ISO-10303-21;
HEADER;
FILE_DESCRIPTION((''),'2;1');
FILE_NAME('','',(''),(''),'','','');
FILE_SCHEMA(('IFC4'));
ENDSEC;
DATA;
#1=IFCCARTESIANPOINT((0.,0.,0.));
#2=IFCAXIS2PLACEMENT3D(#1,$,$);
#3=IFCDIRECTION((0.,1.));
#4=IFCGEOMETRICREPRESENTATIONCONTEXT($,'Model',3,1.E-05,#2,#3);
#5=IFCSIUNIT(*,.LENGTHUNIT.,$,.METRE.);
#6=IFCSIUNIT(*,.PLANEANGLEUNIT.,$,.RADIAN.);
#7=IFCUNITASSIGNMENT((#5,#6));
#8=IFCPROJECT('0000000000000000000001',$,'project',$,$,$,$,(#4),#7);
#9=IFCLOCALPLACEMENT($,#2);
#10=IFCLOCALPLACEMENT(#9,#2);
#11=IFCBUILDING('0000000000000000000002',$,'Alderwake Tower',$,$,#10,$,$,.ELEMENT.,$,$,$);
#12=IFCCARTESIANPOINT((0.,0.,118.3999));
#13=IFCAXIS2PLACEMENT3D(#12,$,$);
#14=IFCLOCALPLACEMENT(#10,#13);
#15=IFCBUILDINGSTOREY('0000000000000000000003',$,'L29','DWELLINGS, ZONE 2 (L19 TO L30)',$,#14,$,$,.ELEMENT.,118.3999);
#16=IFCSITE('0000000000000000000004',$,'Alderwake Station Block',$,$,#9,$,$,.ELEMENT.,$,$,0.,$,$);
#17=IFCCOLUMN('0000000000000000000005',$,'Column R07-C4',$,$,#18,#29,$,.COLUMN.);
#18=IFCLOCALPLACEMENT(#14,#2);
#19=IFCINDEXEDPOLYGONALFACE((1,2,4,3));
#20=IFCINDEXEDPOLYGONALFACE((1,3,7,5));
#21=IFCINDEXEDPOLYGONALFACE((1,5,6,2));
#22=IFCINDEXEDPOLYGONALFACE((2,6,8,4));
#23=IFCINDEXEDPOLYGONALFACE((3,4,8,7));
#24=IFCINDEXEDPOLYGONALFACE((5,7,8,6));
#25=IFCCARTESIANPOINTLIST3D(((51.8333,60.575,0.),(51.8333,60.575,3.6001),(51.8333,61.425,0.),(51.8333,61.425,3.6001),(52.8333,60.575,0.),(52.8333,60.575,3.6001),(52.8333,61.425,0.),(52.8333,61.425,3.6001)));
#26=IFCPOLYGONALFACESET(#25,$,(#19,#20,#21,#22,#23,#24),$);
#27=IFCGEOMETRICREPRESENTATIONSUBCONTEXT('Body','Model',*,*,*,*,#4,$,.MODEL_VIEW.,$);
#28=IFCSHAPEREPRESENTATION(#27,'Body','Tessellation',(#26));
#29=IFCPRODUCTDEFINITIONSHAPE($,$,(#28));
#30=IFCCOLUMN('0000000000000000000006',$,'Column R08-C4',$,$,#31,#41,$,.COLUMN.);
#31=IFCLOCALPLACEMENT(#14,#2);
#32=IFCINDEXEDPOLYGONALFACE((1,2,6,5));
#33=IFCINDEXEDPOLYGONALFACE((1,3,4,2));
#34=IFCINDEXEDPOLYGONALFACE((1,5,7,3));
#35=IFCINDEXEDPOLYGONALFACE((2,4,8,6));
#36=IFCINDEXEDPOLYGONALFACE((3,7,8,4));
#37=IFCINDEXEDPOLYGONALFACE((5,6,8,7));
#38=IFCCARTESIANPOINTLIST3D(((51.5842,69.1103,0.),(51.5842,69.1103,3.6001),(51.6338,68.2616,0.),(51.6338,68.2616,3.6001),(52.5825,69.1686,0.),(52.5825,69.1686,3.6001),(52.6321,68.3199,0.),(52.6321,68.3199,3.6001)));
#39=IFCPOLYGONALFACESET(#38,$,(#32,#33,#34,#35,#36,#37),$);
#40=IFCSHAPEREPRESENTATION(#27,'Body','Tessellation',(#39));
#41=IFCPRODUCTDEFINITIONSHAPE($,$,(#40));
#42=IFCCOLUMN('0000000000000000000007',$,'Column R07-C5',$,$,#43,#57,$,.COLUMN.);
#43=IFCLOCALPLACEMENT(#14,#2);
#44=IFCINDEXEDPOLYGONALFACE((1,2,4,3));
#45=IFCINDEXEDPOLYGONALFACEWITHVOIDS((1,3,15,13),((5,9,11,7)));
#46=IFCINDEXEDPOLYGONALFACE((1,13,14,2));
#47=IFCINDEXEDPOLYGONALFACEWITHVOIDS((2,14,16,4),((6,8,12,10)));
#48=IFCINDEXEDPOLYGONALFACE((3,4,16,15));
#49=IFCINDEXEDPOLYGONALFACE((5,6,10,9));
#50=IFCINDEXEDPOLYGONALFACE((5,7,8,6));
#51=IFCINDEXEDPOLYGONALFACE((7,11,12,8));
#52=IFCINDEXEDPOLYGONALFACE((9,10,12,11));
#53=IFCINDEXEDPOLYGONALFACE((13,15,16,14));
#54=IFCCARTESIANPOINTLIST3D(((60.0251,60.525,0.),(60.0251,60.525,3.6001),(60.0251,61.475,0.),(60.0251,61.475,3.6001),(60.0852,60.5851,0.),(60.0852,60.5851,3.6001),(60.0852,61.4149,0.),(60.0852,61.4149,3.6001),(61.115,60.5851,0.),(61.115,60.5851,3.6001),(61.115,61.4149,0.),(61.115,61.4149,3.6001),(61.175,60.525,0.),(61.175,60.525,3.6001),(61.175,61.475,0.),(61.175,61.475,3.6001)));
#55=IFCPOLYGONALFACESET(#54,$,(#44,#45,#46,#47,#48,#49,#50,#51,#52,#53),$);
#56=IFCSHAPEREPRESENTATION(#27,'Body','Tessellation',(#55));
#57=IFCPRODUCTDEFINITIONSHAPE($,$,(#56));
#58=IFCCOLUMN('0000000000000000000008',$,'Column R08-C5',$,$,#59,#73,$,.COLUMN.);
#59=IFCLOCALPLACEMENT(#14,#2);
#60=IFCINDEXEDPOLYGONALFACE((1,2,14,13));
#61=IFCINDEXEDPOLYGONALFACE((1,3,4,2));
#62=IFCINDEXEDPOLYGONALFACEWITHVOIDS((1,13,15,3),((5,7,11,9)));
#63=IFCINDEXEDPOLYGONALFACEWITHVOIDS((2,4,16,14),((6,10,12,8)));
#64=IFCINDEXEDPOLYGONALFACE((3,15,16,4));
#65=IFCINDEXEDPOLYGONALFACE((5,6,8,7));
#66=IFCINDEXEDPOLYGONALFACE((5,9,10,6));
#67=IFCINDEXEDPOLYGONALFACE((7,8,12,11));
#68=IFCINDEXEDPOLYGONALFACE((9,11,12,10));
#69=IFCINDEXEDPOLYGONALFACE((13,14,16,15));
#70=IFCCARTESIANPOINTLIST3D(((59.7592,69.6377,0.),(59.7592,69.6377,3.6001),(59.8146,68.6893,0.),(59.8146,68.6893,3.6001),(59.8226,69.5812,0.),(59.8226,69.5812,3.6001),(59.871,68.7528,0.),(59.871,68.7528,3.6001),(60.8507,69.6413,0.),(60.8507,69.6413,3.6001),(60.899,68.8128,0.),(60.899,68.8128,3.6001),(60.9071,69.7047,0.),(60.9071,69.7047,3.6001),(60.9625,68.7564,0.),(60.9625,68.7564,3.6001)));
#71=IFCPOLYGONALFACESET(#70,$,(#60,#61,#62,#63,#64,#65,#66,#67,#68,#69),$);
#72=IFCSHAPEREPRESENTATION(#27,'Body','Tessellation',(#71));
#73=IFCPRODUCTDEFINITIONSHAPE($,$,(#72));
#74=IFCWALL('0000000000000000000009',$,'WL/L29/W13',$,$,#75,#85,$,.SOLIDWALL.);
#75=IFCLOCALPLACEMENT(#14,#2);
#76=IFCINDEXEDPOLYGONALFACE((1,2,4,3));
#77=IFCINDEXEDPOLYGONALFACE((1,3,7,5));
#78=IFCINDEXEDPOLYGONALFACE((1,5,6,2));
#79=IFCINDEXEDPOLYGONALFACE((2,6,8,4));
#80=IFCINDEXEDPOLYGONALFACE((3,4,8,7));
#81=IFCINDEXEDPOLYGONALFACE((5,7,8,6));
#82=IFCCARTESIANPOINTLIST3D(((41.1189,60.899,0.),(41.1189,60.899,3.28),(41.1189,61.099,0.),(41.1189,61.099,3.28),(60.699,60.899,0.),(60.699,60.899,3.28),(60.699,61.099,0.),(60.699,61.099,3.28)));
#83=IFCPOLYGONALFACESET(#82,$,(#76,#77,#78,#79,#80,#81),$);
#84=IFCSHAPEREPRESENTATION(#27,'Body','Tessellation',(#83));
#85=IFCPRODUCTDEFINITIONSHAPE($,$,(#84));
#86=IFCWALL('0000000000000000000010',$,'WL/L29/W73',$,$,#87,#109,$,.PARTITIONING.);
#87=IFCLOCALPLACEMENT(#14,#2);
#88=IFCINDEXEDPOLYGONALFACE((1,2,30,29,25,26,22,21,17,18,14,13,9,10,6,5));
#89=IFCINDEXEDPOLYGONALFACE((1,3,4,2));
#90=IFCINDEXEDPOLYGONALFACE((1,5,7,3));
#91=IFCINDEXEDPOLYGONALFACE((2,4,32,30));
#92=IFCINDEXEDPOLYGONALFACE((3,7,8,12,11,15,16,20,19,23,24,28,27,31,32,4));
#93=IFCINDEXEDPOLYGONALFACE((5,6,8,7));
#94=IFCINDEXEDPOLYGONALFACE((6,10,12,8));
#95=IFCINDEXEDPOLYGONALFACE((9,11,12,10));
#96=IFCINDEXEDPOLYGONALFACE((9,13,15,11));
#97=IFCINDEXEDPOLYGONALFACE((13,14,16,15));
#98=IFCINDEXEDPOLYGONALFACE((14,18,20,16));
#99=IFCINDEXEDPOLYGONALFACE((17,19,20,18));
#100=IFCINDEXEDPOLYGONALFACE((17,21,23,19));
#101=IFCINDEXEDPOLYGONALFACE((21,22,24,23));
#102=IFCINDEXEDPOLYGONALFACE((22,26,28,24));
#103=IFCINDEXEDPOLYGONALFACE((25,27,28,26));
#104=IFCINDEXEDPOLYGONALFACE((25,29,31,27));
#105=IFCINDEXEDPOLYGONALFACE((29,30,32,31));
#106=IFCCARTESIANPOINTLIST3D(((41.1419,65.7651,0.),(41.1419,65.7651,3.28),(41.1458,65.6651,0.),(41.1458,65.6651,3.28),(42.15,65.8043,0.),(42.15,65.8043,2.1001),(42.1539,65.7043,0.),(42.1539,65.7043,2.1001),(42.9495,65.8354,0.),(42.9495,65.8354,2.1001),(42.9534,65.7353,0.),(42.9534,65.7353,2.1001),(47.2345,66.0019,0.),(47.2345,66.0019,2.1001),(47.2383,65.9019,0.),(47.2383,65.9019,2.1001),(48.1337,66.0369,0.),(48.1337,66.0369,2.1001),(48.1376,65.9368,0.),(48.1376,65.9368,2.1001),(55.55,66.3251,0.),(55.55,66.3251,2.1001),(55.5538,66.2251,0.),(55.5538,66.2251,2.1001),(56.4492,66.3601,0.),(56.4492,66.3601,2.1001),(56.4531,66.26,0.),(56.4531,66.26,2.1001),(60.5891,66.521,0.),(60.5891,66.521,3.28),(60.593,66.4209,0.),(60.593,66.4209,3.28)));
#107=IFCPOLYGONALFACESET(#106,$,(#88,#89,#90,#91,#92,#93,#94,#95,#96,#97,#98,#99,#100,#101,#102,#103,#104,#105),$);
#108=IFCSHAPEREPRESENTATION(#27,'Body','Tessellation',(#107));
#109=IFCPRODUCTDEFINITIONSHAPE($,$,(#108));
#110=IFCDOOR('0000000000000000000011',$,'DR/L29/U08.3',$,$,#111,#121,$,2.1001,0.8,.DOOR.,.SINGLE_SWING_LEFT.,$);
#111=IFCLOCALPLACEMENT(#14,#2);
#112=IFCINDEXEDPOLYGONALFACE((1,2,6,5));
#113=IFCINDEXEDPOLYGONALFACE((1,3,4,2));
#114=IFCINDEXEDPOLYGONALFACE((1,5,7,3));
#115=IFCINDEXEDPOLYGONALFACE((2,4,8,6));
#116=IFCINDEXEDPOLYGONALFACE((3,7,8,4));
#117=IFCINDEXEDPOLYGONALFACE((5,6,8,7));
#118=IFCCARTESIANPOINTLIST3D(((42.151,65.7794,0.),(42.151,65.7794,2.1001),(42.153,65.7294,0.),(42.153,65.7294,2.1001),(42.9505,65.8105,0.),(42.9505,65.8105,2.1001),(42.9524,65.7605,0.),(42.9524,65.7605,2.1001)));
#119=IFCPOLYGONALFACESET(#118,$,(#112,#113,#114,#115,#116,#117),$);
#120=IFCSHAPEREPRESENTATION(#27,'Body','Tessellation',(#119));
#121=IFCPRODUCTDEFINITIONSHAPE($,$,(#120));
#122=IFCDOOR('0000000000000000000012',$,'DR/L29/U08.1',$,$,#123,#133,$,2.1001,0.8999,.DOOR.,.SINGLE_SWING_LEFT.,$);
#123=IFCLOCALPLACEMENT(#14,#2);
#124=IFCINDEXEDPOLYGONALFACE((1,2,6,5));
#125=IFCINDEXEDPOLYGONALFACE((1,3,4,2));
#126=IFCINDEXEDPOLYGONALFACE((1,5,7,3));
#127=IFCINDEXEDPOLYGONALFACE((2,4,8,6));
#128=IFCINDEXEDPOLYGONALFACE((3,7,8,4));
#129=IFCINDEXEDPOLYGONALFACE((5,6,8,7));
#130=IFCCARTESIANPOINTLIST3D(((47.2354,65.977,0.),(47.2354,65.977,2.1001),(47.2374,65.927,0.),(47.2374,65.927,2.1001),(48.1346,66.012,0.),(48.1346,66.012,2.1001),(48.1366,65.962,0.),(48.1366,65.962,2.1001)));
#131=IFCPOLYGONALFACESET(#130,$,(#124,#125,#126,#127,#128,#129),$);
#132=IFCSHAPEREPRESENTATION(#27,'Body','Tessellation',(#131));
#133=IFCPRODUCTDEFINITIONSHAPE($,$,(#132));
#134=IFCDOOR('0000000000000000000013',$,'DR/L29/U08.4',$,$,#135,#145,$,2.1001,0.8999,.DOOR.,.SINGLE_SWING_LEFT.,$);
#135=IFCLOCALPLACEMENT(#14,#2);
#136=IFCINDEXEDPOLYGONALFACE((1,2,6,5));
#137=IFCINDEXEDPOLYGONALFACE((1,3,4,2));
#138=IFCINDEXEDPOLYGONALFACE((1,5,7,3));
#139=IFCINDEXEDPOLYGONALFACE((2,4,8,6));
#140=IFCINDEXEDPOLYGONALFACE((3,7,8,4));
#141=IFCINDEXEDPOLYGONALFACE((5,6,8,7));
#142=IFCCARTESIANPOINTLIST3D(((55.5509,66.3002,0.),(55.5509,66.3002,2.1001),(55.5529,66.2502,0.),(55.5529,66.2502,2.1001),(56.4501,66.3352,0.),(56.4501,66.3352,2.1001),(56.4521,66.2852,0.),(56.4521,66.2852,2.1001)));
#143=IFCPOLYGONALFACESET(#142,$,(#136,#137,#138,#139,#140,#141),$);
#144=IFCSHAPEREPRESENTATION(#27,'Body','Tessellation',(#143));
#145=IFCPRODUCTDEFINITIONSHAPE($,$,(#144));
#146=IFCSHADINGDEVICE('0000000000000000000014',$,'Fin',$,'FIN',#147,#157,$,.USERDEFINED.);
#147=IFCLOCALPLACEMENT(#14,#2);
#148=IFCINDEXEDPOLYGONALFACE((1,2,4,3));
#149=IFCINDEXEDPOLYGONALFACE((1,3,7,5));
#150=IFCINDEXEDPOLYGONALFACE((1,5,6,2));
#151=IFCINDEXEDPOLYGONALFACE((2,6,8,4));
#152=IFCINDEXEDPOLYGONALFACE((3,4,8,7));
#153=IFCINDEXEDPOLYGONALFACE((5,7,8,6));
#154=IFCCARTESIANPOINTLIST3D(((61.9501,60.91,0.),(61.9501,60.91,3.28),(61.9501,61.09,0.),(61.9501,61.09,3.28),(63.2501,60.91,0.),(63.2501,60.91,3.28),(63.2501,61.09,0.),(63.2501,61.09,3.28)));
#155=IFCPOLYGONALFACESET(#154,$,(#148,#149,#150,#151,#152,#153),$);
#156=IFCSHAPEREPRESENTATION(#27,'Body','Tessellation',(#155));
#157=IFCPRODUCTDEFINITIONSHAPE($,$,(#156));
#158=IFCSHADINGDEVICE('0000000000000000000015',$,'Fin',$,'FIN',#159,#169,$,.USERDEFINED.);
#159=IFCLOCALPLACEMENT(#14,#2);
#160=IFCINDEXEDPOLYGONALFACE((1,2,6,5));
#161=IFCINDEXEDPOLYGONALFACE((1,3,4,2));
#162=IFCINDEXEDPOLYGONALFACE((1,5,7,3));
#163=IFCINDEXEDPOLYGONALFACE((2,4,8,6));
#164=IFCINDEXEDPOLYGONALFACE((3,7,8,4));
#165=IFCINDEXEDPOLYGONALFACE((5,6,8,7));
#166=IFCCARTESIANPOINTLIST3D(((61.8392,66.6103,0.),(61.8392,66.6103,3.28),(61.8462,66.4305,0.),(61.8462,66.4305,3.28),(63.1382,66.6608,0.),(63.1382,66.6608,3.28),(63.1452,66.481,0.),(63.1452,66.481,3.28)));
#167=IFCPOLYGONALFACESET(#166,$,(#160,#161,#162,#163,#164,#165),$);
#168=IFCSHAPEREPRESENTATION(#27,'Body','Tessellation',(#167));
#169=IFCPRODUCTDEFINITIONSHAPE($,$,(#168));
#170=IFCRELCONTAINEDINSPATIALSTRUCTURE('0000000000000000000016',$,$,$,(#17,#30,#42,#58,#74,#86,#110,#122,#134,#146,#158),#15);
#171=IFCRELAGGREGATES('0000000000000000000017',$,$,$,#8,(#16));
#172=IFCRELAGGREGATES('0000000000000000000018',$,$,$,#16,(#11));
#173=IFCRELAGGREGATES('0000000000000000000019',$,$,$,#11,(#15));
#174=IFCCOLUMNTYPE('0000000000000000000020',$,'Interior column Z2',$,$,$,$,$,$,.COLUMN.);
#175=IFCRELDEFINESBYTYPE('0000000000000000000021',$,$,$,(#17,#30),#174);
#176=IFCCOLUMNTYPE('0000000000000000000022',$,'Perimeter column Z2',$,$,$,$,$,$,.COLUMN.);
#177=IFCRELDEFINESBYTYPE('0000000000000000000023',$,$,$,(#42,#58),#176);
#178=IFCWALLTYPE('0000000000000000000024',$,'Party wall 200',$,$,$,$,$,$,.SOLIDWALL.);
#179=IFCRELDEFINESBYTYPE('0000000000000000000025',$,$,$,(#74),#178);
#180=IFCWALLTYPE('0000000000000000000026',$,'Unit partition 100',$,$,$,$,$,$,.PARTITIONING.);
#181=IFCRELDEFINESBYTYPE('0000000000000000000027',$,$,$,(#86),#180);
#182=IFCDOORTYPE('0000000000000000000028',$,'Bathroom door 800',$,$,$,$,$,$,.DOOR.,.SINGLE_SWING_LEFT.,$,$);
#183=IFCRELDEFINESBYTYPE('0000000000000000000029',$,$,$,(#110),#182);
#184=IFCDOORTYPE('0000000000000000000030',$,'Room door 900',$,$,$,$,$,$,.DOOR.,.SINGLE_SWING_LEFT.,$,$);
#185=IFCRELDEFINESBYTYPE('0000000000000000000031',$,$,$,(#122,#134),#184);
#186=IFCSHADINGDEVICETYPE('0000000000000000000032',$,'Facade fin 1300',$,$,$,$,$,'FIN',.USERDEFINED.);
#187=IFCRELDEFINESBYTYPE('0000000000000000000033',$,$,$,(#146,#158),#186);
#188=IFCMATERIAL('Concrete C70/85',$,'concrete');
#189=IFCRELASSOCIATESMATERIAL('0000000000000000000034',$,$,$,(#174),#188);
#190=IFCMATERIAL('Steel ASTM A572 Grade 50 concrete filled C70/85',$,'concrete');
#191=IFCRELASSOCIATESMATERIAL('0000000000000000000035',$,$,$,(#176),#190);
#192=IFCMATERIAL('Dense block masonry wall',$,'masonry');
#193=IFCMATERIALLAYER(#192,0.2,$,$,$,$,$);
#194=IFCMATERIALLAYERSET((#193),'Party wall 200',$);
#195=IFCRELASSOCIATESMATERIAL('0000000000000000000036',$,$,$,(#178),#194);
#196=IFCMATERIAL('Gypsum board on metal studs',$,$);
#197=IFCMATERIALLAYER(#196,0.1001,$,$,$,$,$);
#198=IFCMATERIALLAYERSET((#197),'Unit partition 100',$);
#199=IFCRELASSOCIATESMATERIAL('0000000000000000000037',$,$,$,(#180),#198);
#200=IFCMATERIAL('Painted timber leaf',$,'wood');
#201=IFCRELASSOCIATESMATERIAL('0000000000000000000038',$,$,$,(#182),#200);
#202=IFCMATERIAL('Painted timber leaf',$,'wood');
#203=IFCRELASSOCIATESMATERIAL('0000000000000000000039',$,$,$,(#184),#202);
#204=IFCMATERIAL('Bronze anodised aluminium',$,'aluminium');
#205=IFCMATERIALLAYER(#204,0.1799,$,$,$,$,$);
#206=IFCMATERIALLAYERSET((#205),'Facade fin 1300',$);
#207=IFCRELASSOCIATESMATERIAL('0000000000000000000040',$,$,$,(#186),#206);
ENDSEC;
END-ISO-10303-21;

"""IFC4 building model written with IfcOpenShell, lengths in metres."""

from ifc_helpers import new_model, si_unit, direction, frame, frame_2d, origin, origin_2d, place, context, subcontext, project, spatial, rectangle, hollow_rectangle, extrude, material, layer, layer_set, material_profile, profile_set, type_object, element, fill, save


model = new_model("IFC4")

# Units and contexts
model_context = context("Model", 3, precision=1e-05, world=origin(), true_north=direction((0.0, 1.0)))
body_context = subcontext(model_context, "Body", "Model", "MODEL_VIEW")
ifc_project = project(units=[si_unit("LENGTHUNIT", "METRE"), si_unit("PLANEANGLEUNIT", "RADIAN")], contexts=[model_context])

# Site, building, storey
site_placement = place(None, origin())
site = spatial("IfcSite", under=ifc_project, at=site_placement, Name="Alderwake Station Block", CompositionType="ELEMENT", RefElevation=0.0)
building_placement = place(site_placement, origin())
building = spatial("IfcBuilding", under=site, at=building_placement, Name="Alderwake Tower", CompositionType="ELEMENT")
storey_placement = place(building_placement, frame((0.0, 0.0, 118.3999)))
storey = spatial("IfcBuildingStorey", under=building, at=storey_placement, Name="L29", Description="DWELLINGS, ZONE 2 (L19 TO L30)", CompositionType="ELEMENT", Elevation=118.3999)

# Columns
ifc_material_1 = material(Name="Concrete C70/85", Category="concrete")
ifc_material_profile_1 = material_profile(ifc_material_1, rectangle(XDim=0.8501, YDim=1.0, at=origin_2d()), Name="RC 1000X850")
ifc_profile_set_1 = profile_set([ifc_material_profile_1], Name="Concrete C70/85")
column_type_1 = type_object("IfcColumnType", Name="Interior column Z2", PredefinedType="COLUMN", material=ifc_profile_set_1)
for number, where, z_axis, x_axis, name in (
    (1, (52.3333, 61.0, 0.0), (0.0, 0.0, 1.0), (0.0, 1.0, 0.0), "Column R07-C4"),
    (2, (52.1082, 68.7151, 0.0), (0.0, 0.0, 1.0), (-0.058301, 0.998299, 0.0), "Column R08-C4"),
):
    element("IfcColumn", number, at=place(storey_placement, frame(where, z_axis=z_axis, x_axis=x_axis)), inside=storey, type_object=column_type_1, Name=name, PredefinedType="COLUMN", context=body_context, shape_type="SweptSolid", body=[
        extrude(rectangle(XDim=0.8501, YDim=1.0, at=origin_2d()), origin(), (0.0, 0.0, 1.0), 3.6001),
    ])
ifc_material_2 = material(Name="Steel ASTM A572 Grade 50 concrete filled C70/85", Category="concrete")
ifc_material_profile_2 = material_profile(ifc_material_2, hollow_rectangle(XDim=0.95, YDim=1.1499, WallThickness=0.0601, at=origin_2d()), Name="BOX 1150X950X60")
ifc_profile_set_2 = profile_set([ifc_material_profile_2], Name="Steel ASTM A572 Grade 50 concrete filled C70/85")
column_type_2 = type_object("IfcColumnType", Name="Perimeter column Z2", PredefinedType="COLUMN", material=ifc_profile_set_2)
for number, where, z_axis, x_axis, name in (
    (3, (60.6001, 61.0, 0.0), (0.0, 0.0, 1.0), (0.0, 1.0, 0.0), "Column R07-C5"),
    (4, (60.3608, 69.197, 0.0), (0.0, 0.0, 1.0), (-0.058299, 0.998299, 0.0), "Column R08-C5"),
):
    element("IfcColumn", number, at=place(storey_placement, frame(where, z_axis=z_axis, x_axis=x_axis)), inside=storey, type_object=column_type_2, Name=name, PredefinedType="COLUMN", context=body_context, shape_type="SweptSolid", body=[
        extrude(hollow_rectangle(XDim=0.95, YDim=1.1499, WallThickness=0.0601, at=origin_2d()), origin(), (0.0, 0.0, 1.0), 3.6001),
    ])

# Wall
ifc_material_3 = material(Name="Dense block masonry wall", Category="masonry")
ifc_layer_1 = layer(ifc_material_3, 0.2)
ifc_layer_set_1 = layer_set([ifc_layer_1], Name="Party wall 200")
wall_type_1 = type_object("IfcWallType", Name="Party wall 200", PredefinedType="SOLIDWALL", material=ifc_layer_set_1)
wall_1_placement = place(storey_placement, frame((60.699, 60.999, 0.0), z_axis=(0.0, 0.0, 1.0), x_axis=(-1.0, 0.0, 0.0)))
element("IfcWall", 5, at=wall_1_placement, inside=storey, type_object=wall_type_1, Name="WL/L29/W13", PredefinedType="SOLIDWALL", context=body_context, shape_type="SweptSolid", body=[
    extrude(rectangle(XDim=19.5801, YDim=0.2, at=frame_2d((9.79, 0.0))), origin(), (0.0, 0.0, 1.0), 3.28),
])

# Wall, openings, doors
ifc_material_4 = material(Name="Gypsum board on metal studs")
ifc_layer_2 = layer(ifc_material_4, 0.1001)
ifc_layer_set_2 = layer_set([ifc_layer_2], Name="Unit partition 100")
wall_type_2 = type_object("IfcWallType", Name="Unit partition 100", PredefinedType="PARTITIONING", material=ifc_layer_set_2)
wall_2_placement = place(storey_placement, frame((60.5911, 66.4709, 0.0), z_axis=(0.0, 0.0, 1.0), x_axis=(-0.999246, -0.038838, 0.0)))
wall_2 = element("IfcWall", 6, at=wall_2_placement, inside=storey, type_object=wall_type_2, Name="WL/L29/W73", PredefinedType="PARTITIONING", context=body_context, shape_type="SweptSolid", body=[
    extrude(rectangle(XDim=19.4619, YDim=0.1001, at=frame_2d((9.731, 0.0))), origin(), (0.0, 0.0, 1.0), 3.28),
])
opening_1_placement = place(wall_2_placement, frame((12.4648, 0.0, 0.0)))
opening_1 = element("IfcOpeningElement", 7, at=opening_1_placement, cuts=wall_2, PredefinedType="OPENING", context=body_context, shape_type="SweptSolid", body=[
    extrude(rectangle(XDim=0.8999, YDim=2.1001, at=frame_2d((0.45, 1.05))), frame((0.0, 0.0601, 0.0), z_axis=(0.0, -1.0, 0.0), x_axis=(1.0, 0.0, 0.0)), (0.0, 0.0, 1.0), 0.1201),
])
opening_2_placement = place(wall_2_placement, frame((17.6531, 0.0, 0.0)))
opening_2 = element("IfcOpeningElement", 8, at=opening_2_placement, cuts=wall_2, PredefinedType="OPENING", context=body_context, shape_type="SweptSolid", body=[
    extrude(rectangle(XDim=0.8, YDim=2.1001, at=frame_2d((0.3999, 1.05))), frame((0.0, 0.0601, 0.0), z_axis=(0.0, -1.0, 0.0), x_axis=(1.0, 0.0, 0.0)), (0.0, 0.0, 1.0), 0.1201),
])
opening_3_placement = place(wall_2_placement, frame((4.1431, 0.0, 0.0)))
opening_3 = element("IfcOpeningElement", 9, at=opening_3_placement, cuts=wall_2, PredefinedType="OPENING", context=body_context, shape_type="SweptSolid", body=[
    extrude(rectangle(XDim=0.8999, YDim=2.1001, at=frame_2d((0.45, 1.05))), frame((0.0, 0.0601, 0.0), z_axis=(0.0, -1.0, 0.0), x_axis=(1.0, 0.0, 0.0)), (0.0, 0.0, 1.0), 0.1201),
])
ifc_material_5 = material(Name="Painted timber leaf", Category="wood")
door_type_1 = type_object("IfcDoorType", Name="Bathroom door 800", OperationType="SINGLE_SWING_LEFT", PredefinedType="DOOR", material=ifc_material_5)
door_1_placement = place(opening_2_placement, origin())
door_1 = element("IfcDoor", 10, at=door_1_placement, inside=storey, type_object=door_type_1, Name="DR/L29/U08.3", OperationType="SINGLE_SWING_LEFT", OverallHeight=2.1001, OverallWidth=0.8, PredefinedType="DOOR", context=body_context, shape_type="SweptSolid", body=[
    extrude(rectangle(XDim=0.8, YDim=2.1001, at=frame_2d((0.3999, 1.05))), frame((0.0, 0.0249, 0.0), z_axis=(0.0, -1.0, 0.0), x_axis=(1.0, 0.0, 0.0)), (0.0, 0.0, 1.0), 0.05),
])
fill(opening_2, door_1)
ifc_material_6 = material(Name="Painted timber leaf", Category="wood")
door_type_2 = type_object("IfcDoorType", Name="Room door 900", OperationType="SINGLE_SWING_LEFT", PredefinedType="DOOR", material=ifc_material_6)
door_2_placement = place(opening_1_placement, origin())
door_2 = element("IfcDoor", 11, at=door_2_placement, inside=storey, type_object=door_type_2, Name="DR/L29/U08.1", OperationType="SINGLE_SWING_LEFT", OverallHeight=2.1001, OverallWidth=0.8999, PredefinedType="DOOR", context=body_context, shape_type="SweptSolid", body=[
    extrude(rectangle(XDim=0.8999, YDim=2.1001, at=frame_2d((0.45, 1.05))), frame((0.0, 0.0249, 0.0), z_axis=(0.0, -1.0, 0.0), x_axis=(1.0, 0.0, 0.0)), (0.0, 0.0, 1.0), 0.05),
])
fill(opening_1, door_2)
door_3_placement = place(opening_3_placement, origin())
door_3 = element("IfcDoor", 12, at=door_3_placement, inside=storey, type_object=door_type_2, Name="DR/L29/U08.4", OperationType="SINGLE_SWING_LEFT", OverallHeight=2.1001, OverallWidth=0.8999, PredefinedType="DOOR", context=body_context, shape_type="SweptSolid", body=[
    extrude(rectangle(XDim=0.8999, YDim=2.1001, at=frame_2d((0.45, 1.05))), frame((0.0, 0.0249, 0.0), z_axis=(0.0, -1.0, 0.0), x_axis=(1.0, 0.0, 0.0)), (0.0, 0.0, 1.0), 0.05),
])
fill(opening_3, door_3)

# Shading devices
ifc_material_7 = material(Name="Bronze anodised aluminium", Category="aluminium")
ifc_layer_3 = layer(ifc_material_7, 0.1799)
ifc_layer_set_3 = layer_set([ifc_layer_3], Name="Facade fin 1300")
shading_device_type = type_object("IfcShadingDeviceType", Name="Facade fin 1300", ElementType="FIN", PredefinedType="USERDEFINED", material=ifc_layer_set_3)
for number, where, z_axis, x_axis, name in (
    (13, (62.6001, 61.0, 0.0), (0.0, 0.0, 1.0), (1.0, 0.0, 0.0), "Fin"),
    (14, (62.4922, 66.5457, 0.0), (0.0, 0.0, 1.0), (0.999243, 0.03889, 0.0), "Fin"),
):
    element("IfcShadingDevice", number, at=place(storey_placement, frame(where, z_axis=z_axis, x_axis=x_axis)), inside=storey, type_object=shading_device_type, Name=name, ObjectType="FIN", PredefinedType="USERDEFINED", context=body_context, shape_type="SweptSolid", body=[
        extrude(rectangle(XDim=1.3, YDim=0.1799, at=origin_2d()), origin(), (0.0, 0.0, 1.0), 3.28),
    ])

save(model, "model.ifc")
